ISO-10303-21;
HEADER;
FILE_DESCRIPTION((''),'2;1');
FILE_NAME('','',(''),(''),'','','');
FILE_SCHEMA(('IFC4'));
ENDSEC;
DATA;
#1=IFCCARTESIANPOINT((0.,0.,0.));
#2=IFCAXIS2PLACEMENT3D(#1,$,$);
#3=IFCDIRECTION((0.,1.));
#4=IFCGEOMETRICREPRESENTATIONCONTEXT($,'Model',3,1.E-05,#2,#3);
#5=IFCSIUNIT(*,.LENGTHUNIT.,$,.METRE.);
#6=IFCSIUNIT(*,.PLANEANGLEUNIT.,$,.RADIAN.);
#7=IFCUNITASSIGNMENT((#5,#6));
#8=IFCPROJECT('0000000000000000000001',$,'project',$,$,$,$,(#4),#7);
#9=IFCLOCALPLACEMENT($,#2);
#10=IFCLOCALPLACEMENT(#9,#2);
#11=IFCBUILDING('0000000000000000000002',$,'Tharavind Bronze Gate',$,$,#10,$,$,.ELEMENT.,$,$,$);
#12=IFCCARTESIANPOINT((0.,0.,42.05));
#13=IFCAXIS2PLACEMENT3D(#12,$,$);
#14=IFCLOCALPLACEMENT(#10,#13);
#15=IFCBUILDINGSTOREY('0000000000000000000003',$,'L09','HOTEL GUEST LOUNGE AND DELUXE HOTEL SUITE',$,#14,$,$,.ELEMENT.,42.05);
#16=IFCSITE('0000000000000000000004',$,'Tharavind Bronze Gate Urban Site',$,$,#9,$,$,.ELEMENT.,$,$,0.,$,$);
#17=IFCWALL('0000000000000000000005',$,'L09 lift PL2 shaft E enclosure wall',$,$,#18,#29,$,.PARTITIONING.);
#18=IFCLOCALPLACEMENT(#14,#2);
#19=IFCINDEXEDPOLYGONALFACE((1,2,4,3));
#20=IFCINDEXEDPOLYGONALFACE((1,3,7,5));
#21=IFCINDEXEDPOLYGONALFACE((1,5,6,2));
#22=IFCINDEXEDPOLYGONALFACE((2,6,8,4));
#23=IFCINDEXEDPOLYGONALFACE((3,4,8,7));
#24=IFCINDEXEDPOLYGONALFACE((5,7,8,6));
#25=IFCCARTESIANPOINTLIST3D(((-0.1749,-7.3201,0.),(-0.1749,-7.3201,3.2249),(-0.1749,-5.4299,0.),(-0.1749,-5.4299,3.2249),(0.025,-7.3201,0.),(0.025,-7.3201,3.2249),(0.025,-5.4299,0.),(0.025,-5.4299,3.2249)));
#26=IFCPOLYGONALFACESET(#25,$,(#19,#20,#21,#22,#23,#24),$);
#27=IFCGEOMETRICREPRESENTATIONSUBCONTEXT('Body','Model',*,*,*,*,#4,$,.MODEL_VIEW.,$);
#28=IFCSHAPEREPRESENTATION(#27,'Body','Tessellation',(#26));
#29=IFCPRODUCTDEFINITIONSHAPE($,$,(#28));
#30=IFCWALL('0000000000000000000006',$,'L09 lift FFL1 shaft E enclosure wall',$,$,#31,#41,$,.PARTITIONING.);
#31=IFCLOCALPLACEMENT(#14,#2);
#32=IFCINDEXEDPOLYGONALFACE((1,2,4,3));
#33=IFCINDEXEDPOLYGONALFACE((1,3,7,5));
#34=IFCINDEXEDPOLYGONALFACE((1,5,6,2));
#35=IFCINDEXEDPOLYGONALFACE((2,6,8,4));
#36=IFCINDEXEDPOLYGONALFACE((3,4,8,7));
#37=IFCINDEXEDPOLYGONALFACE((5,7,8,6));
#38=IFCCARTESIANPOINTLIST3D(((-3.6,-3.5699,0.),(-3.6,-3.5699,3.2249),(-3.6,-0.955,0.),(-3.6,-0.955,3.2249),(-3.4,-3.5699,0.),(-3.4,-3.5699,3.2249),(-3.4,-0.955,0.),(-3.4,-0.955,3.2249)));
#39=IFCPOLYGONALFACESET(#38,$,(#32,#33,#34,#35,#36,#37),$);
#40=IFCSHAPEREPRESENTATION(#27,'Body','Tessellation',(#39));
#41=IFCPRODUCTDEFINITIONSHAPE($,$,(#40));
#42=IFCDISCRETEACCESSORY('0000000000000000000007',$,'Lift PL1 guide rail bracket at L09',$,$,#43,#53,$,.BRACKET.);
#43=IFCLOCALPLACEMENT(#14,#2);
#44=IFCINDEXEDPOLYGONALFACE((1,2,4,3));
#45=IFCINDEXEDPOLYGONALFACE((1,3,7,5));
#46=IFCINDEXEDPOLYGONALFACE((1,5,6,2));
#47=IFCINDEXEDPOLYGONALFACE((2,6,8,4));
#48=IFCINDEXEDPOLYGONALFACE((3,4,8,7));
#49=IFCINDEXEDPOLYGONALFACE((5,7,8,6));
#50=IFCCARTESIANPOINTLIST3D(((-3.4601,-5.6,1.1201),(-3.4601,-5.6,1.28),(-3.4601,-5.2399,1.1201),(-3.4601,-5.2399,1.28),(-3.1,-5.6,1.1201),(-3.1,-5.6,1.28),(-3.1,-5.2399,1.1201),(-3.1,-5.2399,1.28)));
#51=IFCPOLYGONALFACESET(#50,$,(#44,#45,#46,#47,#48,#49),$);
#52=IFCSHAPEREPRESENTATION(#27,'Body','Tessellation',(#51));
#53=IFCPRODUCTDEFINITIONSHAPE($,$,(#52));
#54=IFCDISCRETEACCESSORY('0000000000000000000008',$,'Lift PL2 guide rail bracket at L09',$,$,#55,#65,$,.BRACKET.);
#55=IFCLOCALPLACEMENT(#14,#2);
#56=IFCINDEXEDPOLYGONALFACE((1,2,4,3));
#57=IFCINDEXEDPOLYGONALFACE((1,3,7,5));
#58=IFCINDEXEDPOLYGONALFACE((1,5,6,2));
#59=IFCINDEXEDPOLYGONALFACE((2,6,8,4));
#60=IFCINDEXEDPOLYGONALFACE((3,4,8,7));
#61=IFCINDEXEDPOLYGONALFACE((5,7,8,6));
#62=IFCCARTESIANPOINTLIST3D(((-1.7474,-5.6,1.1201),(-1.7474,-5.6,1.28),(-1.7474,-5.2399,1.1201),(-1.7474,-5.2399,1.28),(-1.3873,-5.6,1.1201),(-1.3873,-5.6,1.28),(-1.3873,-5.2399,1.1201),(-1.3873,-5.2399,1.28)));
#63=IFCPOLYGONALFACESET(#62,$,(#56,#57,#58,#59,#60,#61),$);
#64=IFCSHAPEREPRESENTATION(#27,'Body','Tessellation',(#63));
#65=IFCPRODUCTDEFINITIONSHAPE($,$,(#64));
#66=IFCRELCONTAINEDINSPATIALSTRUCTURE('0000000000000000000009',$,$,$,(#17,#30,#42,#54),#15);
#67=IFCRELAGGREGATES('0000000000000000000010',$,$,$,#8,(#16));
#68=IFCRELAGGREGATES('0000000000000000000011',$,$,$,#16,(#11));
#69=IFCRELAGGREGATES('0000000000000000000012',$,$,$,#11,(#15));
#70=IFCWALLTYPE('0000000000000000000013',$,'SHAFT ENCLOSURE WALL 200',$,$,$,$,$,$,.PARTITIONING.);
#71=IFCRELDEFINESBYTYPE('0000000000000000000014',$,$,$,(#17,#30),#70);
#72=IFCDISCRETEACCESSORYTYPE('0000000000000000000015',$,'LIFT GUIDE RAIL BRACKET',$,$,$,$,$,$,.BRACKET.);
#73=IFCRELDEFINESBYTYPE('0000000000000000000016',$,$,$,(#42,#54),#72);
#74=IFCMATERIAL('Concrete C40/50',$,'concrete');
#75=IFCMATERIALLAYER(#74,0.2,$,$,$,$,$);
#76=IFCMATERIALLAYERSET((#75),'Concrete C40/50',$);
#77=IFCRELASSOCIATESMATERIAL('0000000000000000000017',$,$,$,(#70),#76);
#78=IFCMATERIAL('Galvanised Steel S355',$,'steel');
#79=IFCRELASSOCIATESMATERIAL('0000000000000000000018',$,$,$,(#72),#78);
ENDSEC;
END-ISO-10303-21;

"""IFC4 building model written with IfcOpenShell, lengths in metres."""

from ifc_helpers import new_model, si_unit, direction, frame, frame_2d, origin, origin_2d, place, context, subcontext, project, spatial, rectangle, extrude, material, layer, layer_set, type_object, element, save


model = new_model("IFC4")

# Units and contexts
model_context = context("Model", 3, precision=1e-05, world=origin(), true_north=direction((0.0, 1.0)))
body_context = subcontext(model_context, "Body", "Model", "MODEL_VIEW")
ifc_project = project(units=[si_unit("LENGTHUNIT", "METRE"), si_unit("PLANEANGLEUNIT", "RADIAN")], contexts=[model_context])

# Site, building, storey
site_placement = place(None, origin())
site = spatial("IfcSite", under=ifc_project, at=site_placement, Name="Tharavind Bronze Gate Urban Site", CompositionType="ELEMENT", RefElevation=0.0)
building_placement = place(site_placement, origin())
building = spatial("IfcBuilding", under=site, at=building_placement, Name="Tharavind Bronze Gate", CompositionType="ELEMENT")
storey_placement = place(building_placement, frame((0.0, 0.0, 42.05)))
storey = spatial("IfcBuildingStorey", under=building, at=storey_placement, Name="L09", Description="HOTEL GUEST LOUNGE AND DELUXE HOTEL SUITE", CompositionType="ELEMENT", Elevation=42.05)

# Walls
ifc_material_1 = material(Name="Concrete C40/50", Category="concrete")
ifc_layer_1 = layer(ifc_material_1, 0.2)
ifc_layer_set_1 = layer_set([ifc_layer_1], Name="Concrete C40/50")
wall_type_1 = type_object("IfcWallType", Name="SHAFT ENCLOSURE WALL 200", PredefinedType="PARTITIONING", material=ifc_layer_set_1)
for number, where, z_axis, x_axis, name in (
    (1, (-0.075, -7.3201, 0.0), (0.0, 0.0, 1.0), (0.0, 1.0, 0.0), "L09 lift PL2 shaft E enclosure wall"),
):
    element("IfcWall", number, at=place(storey_placement, frame(where, z_axis=z_axis, x_axis=x_axis)), inside=storey, type_object=wall_type_1, Name=name, PredefinedType="PARTITIONING", context=body_context, shape_type="SweptSolid", body=[
        extrude(rectangle(XDim=1.8901, YDim=0.2, at=frame_2d((0.9451, 0.0))), origin(), (0.0, 0.0, 1.0), 3.2249),
    ])
wall_1_placement = place(storey_placement, frame((-3.5, -3.5701, 0.0), z_axis=(0.0, 0.0, 1.0), x_axis=(0.0, 1.0, 0.0)))
element("IfcWall", 2, at=wall_1_placement, inside=storey, type_object=wall_type_1, Name="L09 lift FFL1 shaft E enclosure wall", PredefinedType="PARTITIONING", context=body_context, shape_type="SweptSolid", body=[
    extrude(rectangle(XDim=2.615, YDim=0.2, at=frame_2d((1.3076, 0.0))), origin(), (0.0, 0.0, 1.0), 3.2249),
])

# Discrete accessories
ifc_material_2 = material(Name="Galvanised Steel S355", Category="steel")
discrete_accessory_type = type_object("IfcDiscreteAccessoryType", Name="LIFT GUIDE RAIL BRACKET", PredefinedType="BRACKET", material=ifc_material_2)
for number, where, z_axis, x_axis, name in (
    (3, (-3.28, -5.4199, 1.1201), (0.0, 0.0, 1.0), (1.0, 0.0, 0.0), "Lift PL1 guide rail bracket at L09"),
    (4, (-1.5674, -5.4199, 1.1201), (0.0, 0.0, 1.0), (1.0, 0.0, 0.0), "Lift PL2 guide rail bracket at L09"),
):
    element("IfcDiscreteAccessory", number, at=place(storey_placement, frame(where, z_axis=z_axis, x_axis=x_axis)), inside=storey, type_object=discrete_accessory_type, Name=name, PredefinedType="BRACKET", context=body_context, shape_type="SweptSolid", body=[
        extrude(rectangle(XDim=0.3601, YDim=0.3601, at=origin_2d()), origin(), (0.0, 0.0, 1.0), 0.1599),
    ])

save(model, "model.ifc")
